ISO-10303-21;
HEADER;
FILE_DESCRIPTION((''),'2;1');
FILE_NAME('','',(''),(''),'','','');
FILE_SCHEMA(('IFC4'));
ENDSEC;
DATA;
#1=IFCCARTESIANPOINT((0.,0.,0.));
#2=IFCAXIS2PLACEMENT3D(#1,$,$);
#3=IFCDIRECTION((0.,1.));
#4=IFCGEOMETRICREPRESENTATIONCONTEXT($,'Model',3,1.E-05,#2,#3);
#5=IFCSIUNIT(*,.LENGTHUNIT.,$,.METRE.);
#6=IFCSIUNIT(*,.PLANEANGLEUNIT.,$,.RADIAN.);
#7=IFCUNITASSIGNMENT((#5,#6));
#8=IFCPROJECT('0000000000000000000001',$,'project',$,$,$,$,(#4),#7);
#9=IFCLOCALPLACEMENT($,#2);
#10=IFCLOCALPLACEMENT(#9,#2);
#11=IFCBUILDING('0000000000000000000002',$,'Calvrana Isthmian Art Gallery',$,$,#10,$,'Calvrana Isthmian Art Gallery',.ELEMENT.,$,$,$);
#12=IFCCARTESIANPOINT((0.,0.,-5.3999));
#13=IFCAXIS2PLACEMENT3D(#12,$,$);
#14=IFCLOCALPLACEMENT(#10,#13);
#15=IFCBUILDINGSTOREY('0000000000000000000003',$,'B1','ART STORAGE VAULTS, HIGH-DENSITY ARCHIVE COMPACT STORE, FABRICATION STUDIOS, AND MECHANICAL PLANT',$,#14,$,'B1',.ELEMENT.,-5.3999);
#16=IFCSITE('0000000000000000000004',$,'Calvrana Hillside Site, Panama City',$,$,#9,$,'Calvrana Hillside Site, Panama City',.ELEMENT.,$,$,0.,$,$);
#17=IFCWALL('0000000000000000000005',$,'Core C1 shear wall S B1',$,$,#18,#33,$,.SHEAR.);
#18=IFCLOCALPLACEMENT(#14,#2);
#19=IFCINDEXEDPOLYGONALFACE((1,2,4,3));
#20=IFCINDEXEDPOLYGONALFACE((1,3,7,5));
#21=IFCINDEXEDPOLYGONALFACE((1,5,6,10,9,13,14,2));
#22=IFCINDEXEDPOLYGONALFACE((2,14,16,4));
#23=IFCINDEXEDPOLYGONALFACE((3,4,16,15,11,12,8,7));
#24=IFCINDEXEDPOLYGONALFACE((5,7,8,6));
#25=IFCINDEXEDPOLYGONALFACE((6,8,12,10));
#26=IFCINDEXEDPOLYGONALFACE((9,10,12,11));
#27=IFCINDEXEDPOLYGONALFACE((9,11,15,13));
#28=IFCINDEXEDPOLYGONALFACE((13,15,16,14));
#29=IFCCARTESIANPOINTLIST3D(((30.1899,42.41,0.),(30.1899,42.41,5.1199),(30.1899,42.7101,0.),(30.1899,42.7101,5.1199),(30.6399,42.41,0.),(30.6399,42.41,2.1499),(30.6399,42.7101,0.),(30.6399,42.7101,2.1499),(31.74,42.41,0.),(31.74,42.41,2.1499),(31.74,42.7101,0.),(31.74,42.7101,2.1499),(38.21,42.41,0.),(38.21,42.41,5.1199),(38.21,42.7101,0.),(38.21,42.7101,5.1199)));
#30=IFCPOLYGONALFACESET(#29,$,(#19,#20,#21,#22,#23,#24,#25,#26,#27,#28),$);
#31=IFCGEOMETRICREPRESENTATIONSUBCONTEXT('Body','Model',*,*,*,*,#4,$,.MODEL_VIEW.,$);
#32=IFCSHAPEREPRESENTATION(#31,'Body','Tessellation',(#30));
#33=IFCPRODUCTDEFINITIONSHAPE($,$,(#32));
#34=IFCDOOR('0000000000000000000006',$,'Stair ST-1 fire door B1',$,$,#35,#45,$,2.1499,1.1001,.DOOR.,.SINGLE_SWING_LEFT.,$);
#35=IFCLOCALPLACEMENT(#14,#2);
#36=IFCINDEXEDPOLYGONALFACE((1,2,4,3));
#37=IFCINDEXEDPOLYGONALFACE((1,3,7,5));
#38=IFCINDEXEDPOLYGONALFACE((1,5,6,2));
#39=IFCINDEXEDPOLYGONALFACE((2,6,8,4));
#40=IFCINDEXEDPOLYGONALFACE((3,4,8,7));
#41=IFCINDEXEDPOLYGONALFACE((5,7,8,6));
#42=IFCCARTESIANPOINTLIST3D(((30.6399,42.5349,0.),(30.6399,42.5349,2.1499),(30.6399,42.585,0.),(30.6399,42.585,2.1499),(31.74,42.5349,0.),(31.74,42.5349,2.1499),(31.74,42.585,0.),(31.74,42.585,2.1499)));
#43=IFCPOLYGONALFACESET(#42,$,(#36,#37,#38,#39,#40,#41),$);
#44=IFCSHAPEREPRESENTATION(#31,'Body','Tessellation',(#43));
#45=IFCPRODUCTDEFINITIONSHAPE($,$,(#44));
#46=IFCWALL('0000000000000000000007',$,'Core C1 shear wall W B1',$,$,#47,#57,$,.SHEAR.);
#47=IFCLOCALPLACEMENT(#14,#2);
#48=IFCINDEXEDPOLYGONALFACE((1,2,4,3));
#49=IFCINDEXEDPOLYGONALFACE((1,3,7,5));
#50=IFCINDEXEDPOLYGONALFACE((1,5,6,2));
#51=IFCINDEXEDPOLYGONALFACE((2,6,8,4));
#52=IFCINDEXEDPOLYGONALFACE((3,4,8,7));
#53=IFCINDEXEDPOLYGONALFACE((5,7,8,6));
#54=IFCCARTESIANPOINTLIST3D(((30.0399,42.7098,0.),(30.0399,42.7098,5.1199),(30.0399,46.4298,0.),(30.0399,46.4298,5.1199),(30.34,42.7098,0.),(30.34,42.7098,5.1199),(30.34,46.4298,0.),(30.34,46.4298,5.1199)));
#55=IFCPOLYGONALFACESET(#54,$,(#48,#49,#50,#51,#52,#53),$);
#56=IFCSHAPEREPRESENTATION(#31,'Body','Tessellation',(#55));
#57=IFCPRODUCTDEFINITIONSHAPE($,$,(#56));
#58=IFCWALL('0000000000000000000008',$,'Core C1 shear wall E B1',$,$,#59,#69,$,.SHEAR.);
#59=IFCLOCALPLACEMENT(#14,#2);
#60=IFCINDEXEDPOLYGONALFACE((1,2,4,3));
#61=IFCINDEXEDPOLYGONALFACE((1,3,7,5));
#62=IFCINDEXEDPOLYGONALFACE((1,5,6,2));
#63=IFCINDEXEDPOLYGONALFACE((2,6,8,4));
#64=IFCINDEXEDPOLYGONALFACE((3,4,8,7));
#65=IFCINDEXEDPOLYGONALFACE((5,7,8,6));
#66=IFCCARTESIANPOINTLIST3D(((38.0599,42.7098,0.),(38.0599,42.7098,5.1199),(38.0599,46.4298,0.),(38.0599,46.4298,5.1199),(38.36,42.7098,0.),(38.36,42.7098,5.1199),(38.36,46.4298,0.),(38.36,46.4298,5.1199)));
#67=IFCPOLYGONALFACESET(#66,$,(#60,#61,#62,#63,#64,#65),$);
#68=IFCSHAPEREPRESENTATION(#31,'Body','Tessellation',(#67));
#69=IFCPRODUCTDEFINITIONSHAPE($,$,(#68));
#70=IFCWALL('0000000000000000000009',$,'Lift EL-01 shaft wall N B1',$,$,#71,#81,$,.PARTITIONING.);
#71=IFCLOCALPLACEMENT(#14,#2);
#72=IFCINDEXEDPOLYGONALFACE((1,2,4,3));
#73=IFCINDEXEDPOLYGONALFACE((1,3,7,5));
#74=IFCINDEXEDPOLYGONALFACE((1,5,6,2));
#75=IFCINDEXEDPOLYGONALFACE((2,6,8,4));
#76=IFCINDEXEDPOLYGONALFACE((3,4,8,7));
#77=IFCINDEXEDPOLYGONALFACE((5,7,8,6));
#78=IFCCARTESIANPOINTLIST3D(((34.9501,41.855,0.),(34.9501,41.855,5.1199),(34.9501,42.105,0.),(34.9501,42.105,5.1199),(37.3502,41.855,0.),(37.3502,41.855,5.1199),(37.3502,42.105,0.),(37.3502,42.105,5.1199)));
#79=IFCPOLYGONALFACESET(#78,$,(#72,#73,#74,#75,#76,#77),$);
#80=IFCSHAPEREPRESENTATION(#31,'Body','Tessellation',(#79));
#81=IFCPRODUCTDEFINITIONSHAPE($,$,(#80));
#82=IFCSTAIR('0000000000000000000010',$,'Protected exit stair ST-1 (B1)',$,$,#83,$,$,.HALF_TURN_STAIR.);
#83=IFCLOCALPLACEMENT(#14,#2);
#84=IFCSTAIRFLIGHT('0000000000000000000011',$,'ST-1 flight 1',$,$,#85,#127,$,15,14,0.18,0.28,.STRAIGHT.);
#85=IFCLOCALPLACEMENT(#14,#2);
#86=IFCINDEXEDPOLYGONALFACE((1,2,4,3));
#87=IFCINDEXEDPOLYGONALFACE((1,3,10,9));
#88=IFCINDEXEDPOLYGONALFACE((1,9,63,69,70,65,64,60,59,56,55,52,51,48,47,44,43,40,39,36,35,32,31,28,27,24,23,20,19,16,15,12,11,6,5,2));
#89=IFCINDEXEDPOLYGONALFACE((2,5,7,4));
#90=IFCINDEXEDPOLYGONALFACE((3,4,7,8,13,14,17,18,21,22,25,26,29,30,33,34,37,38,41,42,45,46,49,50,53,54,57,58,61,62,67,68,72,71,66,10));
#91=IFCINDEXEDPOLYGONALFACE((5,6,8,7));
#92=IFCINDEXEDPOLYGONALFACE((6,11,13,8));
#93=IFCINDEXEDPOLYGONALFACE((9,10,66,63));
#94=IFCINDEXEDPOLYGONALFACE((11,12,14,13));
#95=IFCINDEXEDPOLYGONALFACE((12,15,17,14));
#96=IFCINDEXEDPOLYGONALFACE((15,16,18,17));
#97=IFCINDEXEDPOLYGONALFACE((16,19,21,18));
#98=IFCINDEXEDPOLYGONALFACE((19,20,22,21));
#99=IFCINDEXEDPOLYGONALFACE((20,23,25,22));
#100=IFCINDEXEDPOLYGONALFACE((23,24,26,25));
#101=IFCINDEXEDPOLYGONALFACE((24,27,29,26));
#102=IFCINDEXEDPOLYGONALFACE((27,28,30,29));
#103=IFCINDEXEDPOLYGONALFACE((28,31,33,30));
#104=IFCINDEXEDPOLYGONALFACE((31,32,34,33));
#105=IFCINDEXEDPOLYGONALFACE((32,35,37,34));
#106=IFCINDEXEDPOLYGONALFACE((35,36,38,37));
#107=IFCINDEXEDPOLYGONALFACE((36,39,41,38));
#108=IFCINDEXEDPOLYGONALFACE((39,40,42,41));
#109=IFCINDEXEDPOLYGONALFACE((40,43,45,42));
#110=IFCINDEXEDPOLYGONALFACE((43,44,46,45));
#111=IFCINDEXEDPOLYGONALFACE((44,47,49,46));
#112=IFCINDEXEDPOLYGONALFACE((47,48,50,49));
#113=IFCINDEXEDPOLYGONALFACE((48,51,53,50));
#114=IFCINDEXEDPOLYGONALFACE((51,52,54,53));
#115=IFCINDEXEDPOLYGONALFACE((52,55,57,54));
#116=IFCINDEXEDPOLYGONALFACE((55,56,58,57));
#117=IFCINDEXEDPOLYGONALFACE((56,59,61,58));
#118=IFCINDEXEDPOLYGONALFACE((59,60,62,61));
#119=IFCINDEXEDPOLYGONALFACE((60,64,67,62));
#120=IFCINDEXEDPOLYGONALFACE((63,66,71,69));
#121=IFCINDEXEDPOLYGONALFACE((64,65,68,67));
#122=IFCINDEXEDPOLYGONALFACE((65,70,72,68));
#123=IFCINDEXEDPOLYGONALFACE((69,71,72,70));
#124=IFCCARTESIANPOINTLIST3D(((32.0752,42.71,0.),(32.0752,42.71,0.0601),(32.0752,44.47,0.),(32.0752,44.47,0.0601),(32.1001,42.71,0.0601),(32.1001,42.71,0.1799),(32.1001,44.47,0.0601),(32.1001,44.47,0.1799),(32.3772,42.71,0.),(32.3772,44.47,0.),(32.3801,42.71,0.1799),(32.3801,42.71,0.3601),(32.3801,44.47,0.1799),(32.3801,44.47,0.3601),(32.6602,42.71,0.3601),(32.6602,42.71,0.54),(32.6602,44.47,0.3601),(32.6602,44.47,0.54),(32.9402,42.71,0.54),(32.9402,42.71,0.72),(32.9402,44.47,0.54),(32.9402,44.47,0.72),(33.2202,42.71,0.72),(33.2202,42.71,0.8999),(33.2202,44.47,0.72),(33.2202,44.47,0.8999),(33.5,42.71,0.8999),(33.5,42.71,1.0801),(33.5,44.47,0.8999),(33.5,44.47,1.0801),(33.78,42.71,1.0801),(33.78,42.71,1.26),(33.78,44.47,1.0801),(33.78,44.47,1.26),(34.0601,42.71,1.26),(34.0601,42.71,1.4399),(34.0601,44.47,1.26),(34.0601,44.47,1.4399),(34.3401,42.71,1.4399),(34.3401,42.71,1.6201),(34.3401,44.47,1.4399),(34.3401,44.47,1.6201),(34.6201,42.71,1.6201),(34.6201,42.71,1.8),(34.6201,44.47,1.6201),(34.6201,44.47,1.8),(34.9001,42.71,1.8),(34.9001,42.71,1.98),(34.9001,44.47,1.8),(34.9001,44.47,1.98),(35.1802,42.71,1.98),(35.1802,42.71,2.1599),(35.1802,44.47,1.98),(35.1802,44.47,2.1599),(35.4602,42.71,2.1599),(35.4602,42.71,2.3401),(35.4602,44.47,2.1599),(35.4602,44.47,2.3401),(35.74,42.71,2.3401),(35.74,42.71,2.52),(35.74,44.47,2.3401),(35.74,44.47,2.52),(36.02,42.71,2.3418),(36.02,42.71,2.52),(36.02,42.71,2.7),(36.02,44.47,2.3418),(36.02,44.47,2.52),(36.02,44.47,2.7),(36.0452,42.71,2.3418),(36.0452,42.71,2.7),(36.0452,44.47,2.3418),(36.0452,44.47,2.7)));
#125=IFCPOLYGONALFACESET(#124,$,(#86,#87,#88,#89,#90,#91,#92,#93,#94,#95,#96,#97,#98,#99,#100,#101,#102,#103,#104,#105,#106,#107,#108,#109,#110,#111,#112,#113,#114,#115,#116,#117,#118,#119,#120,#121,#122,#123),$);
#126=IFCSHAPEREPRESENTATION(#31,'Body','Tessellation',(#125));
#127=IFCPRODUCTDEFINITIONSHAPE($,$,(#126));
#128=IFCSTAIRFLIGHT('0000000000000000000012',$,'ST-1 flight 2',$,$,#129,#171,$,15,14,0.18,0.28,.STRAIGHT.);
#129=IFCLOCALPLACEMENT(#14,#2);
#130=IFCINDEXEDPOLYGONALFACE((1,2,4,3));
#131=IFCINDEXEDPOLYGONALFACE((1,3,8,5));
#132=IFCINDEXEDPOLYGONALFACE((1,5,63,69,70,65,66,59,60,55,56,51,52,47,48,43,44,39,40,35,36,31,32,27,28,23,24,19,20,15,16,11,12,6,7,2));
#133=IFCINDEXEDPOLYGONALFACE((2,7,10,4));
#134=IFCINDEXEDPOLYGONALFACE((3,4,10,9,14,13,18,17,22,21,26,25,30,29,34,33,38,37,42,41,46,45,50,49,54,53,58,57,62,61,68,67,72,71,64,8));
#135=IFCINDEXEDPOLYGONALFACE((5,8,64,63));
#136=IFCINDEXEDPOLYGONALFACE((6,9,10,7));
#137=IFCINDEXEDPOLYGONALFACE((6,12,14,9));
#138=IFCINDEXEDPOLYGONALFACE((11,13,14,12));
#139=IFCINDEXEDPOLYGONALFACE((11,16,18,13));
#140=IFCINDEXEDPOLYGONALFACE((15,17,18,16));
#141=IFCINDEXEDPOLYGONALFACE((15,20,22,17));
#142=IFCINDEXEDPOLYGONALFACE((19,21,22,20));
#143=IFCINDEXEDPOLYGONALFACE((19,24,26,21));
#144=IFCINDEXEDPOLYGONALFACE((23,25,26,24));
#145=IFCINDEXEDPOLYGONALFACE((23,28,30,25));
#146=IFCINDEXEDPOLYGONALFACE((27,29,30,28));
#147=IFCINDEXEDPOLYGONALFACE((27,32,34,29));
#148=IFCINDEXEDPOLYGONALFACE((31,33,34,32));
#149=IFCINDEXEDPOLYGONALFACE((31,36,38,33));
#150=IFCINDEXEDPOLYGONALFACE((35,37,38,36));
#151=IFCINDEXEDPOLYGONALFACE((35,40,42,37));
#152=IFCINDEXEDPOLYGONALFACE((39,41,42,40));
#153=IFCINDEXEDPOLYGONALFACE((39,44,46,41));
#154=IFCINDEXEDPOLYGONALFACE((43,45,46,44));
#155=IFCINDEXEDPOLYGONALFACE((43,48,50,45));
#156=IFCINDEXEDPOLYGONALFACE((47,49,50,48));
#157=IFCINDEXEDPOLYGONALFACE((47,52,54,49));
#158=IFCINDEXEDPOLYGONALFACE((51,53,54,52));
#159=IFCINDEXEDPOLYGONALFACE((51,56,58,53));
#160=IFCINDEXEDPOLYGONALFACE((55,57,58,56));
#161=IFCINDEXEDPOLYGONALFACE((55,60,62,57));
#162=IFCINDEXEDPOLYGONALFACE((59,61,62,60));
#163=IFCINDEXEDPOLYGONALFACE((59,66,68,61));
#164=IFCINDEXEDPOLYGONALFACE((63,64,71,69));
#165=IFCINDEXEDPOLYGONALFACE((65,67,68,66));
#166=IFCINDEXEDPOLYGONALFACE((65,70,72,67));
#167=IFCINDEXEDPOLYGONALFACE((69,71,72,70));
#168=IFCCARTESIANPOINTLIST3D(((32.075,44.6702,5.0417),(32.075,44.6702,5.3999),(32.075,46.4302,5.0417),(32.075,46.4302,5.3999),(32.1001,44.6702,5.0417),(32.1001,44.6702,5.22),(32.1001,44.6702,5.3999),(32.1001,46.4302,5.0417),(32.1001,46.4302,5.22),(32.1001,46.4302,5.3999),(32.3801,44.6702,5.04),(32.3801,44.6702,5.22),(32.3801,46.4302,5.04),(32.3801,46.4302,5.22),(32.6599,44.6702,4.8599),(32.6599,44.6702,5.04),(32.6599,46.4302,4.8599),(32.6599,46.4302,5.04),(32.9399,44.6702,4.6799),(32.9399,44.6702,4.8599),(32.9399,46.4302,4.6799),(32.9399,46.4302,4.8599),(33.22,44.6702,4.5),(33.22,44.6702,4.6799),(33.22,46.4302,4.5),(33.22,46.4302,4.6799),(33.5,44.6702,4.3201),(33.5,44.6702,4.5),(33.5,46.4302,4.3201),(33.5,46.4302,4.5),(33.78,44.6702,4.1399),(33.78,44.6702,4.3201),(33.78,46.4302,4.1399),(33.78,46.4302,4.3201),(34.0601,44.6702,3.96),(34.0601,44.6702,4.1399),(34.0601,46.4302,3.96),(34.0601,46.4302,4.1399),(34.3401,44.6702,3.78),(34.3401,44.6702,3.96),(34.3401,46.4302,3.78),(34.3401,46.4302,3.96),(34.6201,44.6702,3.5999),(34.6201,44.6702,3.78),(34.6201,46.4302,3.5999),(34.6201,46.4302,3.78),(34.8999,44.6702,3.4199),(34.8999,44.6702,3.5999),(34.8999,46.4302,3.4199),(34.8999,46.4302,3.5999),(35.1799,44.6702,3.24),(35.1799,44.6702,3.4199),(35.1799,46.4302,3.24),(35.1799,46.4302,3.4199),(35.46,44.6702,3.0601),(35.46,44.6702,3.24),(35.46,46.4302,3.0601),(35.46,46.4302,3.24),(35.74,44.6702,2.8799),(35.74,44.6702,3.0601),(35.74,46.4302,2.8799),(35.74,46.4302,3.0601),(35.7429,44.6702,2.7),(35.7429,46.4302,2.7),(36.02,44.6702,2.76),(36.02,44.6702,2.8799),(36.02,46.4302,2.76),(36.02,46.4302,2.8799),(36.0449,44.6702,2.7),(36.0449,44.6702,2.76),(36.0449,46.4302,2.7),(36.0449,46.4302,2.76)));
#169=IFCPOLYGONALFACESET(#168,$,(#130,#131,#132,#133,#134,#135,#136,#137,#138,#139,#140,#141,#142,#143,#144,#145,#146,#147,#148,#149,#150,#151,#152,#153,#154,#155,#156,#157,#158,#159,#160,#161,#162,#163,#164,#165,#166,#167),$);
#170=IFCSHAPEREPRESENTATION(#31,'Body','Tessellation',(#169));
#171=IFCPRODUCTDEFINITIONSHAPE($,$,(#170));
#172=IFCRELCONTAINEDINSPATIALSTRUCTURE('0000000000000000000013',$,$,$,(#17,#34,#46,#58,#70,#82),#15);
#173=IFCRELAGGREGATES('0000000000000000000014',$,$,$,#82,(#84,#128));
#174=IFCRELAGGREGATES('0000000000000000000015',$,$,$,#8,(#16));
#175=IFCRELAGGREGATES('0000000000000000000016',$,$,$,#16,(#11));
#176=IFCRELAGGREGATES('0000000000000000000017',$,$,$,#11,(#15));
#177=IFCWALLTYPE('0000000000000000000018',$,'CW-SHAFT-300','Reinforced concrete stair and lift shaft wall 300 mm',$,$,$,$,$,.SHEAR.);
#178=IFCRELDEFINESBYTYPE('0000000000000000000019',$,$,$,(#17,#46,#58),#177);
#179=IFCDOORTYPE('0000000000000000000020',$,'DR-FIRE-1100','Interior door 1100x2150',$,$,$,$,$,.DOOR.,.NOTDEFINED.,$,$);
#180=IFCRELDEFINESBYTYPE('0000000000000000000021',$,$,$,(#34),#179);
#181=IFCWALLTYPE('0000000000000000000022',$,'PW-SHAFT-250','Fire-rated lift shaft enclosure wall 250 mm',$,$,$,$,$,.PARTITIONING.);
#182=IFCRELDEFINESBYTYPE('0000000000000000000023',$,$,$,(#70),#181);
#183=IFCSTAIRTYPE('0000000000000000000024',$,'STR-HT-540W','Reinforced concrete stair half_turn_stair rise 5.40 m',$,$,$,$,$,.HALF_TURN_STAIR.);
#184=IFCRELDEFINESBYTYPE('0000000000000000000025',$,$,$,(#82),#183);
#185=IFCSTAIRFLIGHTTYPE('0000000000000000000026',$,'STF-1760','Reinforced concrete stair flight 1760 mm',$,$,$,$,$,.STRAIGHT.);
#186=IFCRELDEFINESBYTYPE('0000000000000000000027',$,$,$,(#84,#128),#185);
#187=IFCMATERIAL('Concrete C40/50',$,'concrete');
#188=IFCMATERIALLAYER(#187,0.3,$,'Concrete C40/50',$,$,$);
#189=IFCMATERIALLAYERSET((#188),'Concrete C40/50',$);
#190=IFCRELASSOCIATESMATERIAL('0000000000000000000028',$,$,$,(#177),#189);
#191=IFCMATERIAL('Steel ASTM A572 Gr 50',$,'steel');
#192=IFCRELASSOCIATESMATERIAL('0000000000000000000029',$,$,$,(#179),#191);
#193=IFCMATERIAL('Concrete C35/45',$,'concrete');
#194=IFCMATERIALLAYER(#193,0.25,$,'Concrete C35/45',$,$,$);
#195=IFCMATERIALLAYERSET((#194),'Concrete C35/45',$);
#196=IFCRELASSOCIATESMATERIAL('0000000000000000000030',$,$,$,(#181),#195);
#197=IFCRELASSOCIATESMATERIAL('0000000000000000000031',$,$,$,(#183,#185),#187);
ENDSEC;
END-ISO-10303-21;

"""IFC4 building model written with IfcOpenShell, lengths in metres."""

from ifc_helpers import new_model, si_unit, direction, frame, frame_2d, origin, place, context, subcontext, project, spatial, polyline, rectangle, outline, extrude, material, layer, layer_set, type_object, element, fill, aggregate, save


model = new_model("IFC4")

# Units and contexts
model_context = context("Model", 3, precision=1e-05, world=origin(), true_north=direction((0.0, 1.0)))
body_context = subcontext(model_context, "Body", "Model", "MODEL_VIEW")
ifc_project = project(units=[si_unit("LENGTHUNIT", "METRE"), si_unit("PLANEANGLEUNIT", "RADIAN")], contexts=[model_context])

# Site, building, storey
site_placement = place(None, origin())
site = spatial("IfcSite", under=ifc_project, at=site_placement, Name="Calvrana Hillside Site, Panama City", LongName="Calvrana Hillside Site, Panama City", CompositionType="ELEMENT", RefElevation=0.0)
building_placement = place(site_placement, origin())
building = spatial("IfcBuilding", under=site, at=building_placement, Name="Calvrana Isthmian Art Gallery", LongName="Calvrana Isthmian Art Gallery", CompositionType="ELEMENT")
storey_placement = place(building_placement, frame((0.0, 0.0, -5.3999)))
storey = spatial("IfcBuildingStorey", under=building, at=storey_placement, Name="B1", Description="ART STORAGE VAULTS, HIGH-DENSITY ARCHIVE COMPACT STORE, FABRICATION STUDIOS, AND MECHANICAL PLANT", LongName="B1", CompositionType="ELEMENT", Elevation=-5.3999)

# Shared definitions
ifc_material_1 = material(Name="Concrete C35/45", Category="concrete")

# Wall, opening, door
ifc_material_2 = material(Name="Concrete C40/50", Category="concrete")
ifc_layer_1 = layer(ifc_material_2, 0.3, Name="Concrete C40/50")
ifc_layer_set_1 = layer_set([ifc_layer_1], Name="Concrete C40/50")
wall_type_1 = type_object("IfcWallType", Name="CW-SHAFT-300", Description="Reinforced concrete stair and lift shaft wall 300 mm", PredefinedType="SHEAR", material=ifc_layer_set_1)
wall_1_placement = place(storey_placement, frame((30.1899, 42.5601, 0.0), z_axis=(0.0, 0.0, 1.0), x_axis=(1.0, 0.0, 0.0)))
wall_1 = element("IfcWall", 1, at=wall_1_placement, inside=storey, type_object=wall_type_1, Name="Core C1 shear wall S B1", PredefinedType="SHEAR", context=body_context, shape_type="SweptSolid", body=[
    extrude(rectangle(XDim=8.02, YDim=0.3, at=frame_2d((4.01, 0.0))), origin(), (0.0, 0.0, 1.0), 5.1199),
])
opening_placement = place(wall_1_placement, frame((0.45, 0.0, 0.0)))
opening = element("IfcOpeningElement", 2, at=opening_placement, cuts=wall_1, PredefinedType="OPENING", context=body_context, shape_type="SweptSolid", body=[
    extrude(rectangle(XDim=1.1001, YDim=2.1499, at=frame_2d((0.55, 1.075))), frame((0.0, 0.1602, 0.0), z_axis=(0.0, -1.0, 0.0), x_axis=(1.0, 0.0, 0.0)), (0.0, 0.0, 1.0), 0.3206),
])
ifc_material_3 = material(Name="Steel ASTM A572 Gr 50", Category="steel")
door_type = type_object("IfcDoorType", Name="DR-FIRE-1100", Description="Interior door 1100x2150", OperationType="NOTDEFINED", PredefinedType="DOOR", material=ifc_material_3)
door_placement = place(opening_placement, origin())
door = element("IfcDoor", 3, at=door_placement, inside=storey, type_object=door_type, Name="Stair ST-1 fire door B1", OperationType="SINGLE_SWING_LEFT", OverallHeight=2.1499, OverallWidth=1.1001, PredefinedType="DOOR", context=body_context, shape_type="SweptSolid", body=[
    extrude(rectangle(XDim=1.1001, YDim=2.1499, at=frame_2d((0.55, 1.075))), frame((0.0, 0.0249, 0.0), z_axis=(0.0, -1.0, 0.0), x_axis=(1.0, 0.0, 0.0)), (0.0, 0.0, 1.0), 0.05),
])
fill(opening, door)

# Walls
for number, where, z_axis, x_axis, name in (
    (4, (30.1899, 42.71, 0.0), (0.0, 0.0, 1.0), (0.0, 1.0, 0.0), "Core C1 shear wall W B1"),
    (5, (38.21, 42.71, 0.0), (0.0, 0.0, 1.0), (0.0, 1.0, 0.0), "Core C1 shear wall E B1"),
):
    element("IfcWall", number, at=place(storey_placement, frame(where, z_axis=z_axis, x_axis=x_axis)), inside=storey, type_object=wall_type_1, Name=name, PredefinedType="SHEAR", context=body_context, shape_type="SweptSolid", body=[
        extrude(rectangle(XDim=3.72, YDim=0.3, at=frame_2d((1.8599, 0.0))), origin(), (0.0, 0.0, 1.0), 5.1199),
    ])
ifc_layer_2 = layer(ifc_material_1, 0.25, Name="Concrete C35/45")
ifc_layer_set_2 = layer_set([ifc_layer_2], Name="Concrete C35/45")
wall_type_2 = type_object("IfcWallType", Name="PW-SHAFT-250", Description="Fire-rated lift shaft enclosure wall 250 mm", PredefinedType="PARTITIONING", material=ifc_layer_set_2)
wall_2_placement = place(storey_placement, frame((34.95, 41.98, 0.0), z_axis=(0.0, 0.0, 1.0), x_axis=(1.0, 0.0, 0.0)))
element("IfcWall", 6, at=wall_2_placement, inside=storey, type_object=wall_type_2, Name="Lift EL-01 shaft wall N B1", PredefinedType="PARTITIONING", context=body_context, shape_type="SweptSolid", body=[
    extrude(rectangle(XDim=2.4001, YDim=0.25, at=frame_2d((1.2002, 0.0))), origin(), (0.0, 0.0, 1.0), 5.1199),
])

# Stair, stair flights
stair_type = type_object("IfcStairType", Name="STR-HT-540W", Description="Reinforced concrete stair half_turn_stair rise 5.40 m", PredefinedType="HALF_TURN_STAIR", material=ifc_material_2)
stair_placement = place(storey_placement, origin())
stair = element("IfcStair", 7, at=stair_placement, inside=storey, type_object=stair_type, Name="Protected exit stair ST-1 (B1)", PredefinedType="HALF_TURN_STAIR")
stair_flight_type = type_object("IfcStairFlightType", Name="STF-1760", Description="Reinforced concrete stair flight 1760 mm", PredefinedType="STRAIGHT", material=ifc_material_2)
stair_flight_1_placement = place(storey_placement, frame((32.1001, 43.5901, 0.0), z_axis=(0.0, 0.0, 1.0), x_axis=(1.0, 0.0, 0.0)))
stair_flight_1 = element("IfcStairFlight", 8, at=stair_flight_1_placement, type_object=stair_flight_type, Name="ST-1 flight 1", NumberOfRisers=15, NumberOfTreads=14, PredefinedType="STRAIGHT", RiserHeight=0.18, TreadLength=0.28, context=body_context, shape_type="SweptSolid", body=[
    extrude(outline(polyline([(-0.0249, 0.0), (-0.0249, 0.0601), (0.0, 0.0601), (0.0, 0.1799), (0.28, 0.1799), (0.28, 0.3601), (0.5601, 0.3601), (0.5601, 0.54), (0.8401, 0.54), (0.8401, 0.72), (1.1201, 0.72), (1.1201, 0.8999), (1.3999, 0.8999), (1.3999, 1.0801), (1.6799, 1.0801), (1.6799, 1.26), (1.96, 1.26), (1.96, 1.4399), (2.24, 1.4399), (2.24, 1.6201), (2.52, 1.6201), (2.52, 1.8), (2.8, 1.8), (2.8, 1.98), (3.0801, 1.98), (3.0801, 2.1599), (3.3601, 2.1599), (3.3601, 2.3401), (3.6399, 2.3401), (3.6399, 2.52), (3.9199, 2.52), (3.9199, 2.7), (3.9451, 2.7), (3.9451, 2.3418), (3.9199, 2.3418), (0.2771, 0.0), (-0.0249, 0.0)])), frame((0.0, 0.8799, 0.0), z_axis=(0.0, -1.0, 0.0), x_axis=(1.0, 0.0, 0.0)), (0.0, 0.0, 1.0), 1.76),
])
stair_flight_2_placement = place(storey_placement, frame((36.02, 45.55, 2.7), z_axis=(0.0, 0.0, 1.0), x_axis=(-1.0, 0.0, 0.0)))
stair_flight_2 = element("IfcStairFlight", 9, at=stair_flight_2_placement, type_object=stair_flight_type, Name="ST-1 flight 2", NumberOfRisers=15, NumberOfTreads=14, PredefinedType="STRAIGHT", RiserHeight=0.18, TreadLength=0.28, context=body_context, shape_type="SweptSolid", body=[
    extrude(outline(polyline([(-0.0249, 0.0), (-0.0249, 0.0601), (0.0, 0.0601), (0.0, 0.1799), (0.28, 0.1799), (0.28, 0.3601), (0.5601, 0.3601), (0.5601, 0.54), (0.8401, 0.54), (0.8401, 0.72), (1.1201, 0.72), (1.1201, 0.8999), (1.3999, 0.8999), (1.3999, 1.0801), (1.6799, 1.0801), (1.6799, 1.26), (1.96, 1.26), (1.96, 1.4399), (2.24, 1.4399), (2.24, 1.6201), (2.52, 1.6201), (2.52, 1.8), (2.8, 1.8), (2.8, 1.98), (3.0801, 1.98), (3.0801, 2.1599), (3.3601, 2.1599), (3.3601, 2.3401), (3.6399, 2.3401), (3.6399, 2.52), (3.9199, 2.52), (3.9199, 2.7), (3.9451, 2.7), (3.9451, 2.3418), (3.9199, 2.3418), (0.2771, 0.0), (-0.0249, 0.0)])), frame((0.0, 0.8799, 0.0), z_axis=(0.0, -1.0, 0.0), x_axis=(1.0, 0.0, 0.0)), (0.0, 0.0, 1.0), 1.76),
])
aggregate(stair, [stair_flight_1, stair_flight_2])

save(model, "model.ifc")
